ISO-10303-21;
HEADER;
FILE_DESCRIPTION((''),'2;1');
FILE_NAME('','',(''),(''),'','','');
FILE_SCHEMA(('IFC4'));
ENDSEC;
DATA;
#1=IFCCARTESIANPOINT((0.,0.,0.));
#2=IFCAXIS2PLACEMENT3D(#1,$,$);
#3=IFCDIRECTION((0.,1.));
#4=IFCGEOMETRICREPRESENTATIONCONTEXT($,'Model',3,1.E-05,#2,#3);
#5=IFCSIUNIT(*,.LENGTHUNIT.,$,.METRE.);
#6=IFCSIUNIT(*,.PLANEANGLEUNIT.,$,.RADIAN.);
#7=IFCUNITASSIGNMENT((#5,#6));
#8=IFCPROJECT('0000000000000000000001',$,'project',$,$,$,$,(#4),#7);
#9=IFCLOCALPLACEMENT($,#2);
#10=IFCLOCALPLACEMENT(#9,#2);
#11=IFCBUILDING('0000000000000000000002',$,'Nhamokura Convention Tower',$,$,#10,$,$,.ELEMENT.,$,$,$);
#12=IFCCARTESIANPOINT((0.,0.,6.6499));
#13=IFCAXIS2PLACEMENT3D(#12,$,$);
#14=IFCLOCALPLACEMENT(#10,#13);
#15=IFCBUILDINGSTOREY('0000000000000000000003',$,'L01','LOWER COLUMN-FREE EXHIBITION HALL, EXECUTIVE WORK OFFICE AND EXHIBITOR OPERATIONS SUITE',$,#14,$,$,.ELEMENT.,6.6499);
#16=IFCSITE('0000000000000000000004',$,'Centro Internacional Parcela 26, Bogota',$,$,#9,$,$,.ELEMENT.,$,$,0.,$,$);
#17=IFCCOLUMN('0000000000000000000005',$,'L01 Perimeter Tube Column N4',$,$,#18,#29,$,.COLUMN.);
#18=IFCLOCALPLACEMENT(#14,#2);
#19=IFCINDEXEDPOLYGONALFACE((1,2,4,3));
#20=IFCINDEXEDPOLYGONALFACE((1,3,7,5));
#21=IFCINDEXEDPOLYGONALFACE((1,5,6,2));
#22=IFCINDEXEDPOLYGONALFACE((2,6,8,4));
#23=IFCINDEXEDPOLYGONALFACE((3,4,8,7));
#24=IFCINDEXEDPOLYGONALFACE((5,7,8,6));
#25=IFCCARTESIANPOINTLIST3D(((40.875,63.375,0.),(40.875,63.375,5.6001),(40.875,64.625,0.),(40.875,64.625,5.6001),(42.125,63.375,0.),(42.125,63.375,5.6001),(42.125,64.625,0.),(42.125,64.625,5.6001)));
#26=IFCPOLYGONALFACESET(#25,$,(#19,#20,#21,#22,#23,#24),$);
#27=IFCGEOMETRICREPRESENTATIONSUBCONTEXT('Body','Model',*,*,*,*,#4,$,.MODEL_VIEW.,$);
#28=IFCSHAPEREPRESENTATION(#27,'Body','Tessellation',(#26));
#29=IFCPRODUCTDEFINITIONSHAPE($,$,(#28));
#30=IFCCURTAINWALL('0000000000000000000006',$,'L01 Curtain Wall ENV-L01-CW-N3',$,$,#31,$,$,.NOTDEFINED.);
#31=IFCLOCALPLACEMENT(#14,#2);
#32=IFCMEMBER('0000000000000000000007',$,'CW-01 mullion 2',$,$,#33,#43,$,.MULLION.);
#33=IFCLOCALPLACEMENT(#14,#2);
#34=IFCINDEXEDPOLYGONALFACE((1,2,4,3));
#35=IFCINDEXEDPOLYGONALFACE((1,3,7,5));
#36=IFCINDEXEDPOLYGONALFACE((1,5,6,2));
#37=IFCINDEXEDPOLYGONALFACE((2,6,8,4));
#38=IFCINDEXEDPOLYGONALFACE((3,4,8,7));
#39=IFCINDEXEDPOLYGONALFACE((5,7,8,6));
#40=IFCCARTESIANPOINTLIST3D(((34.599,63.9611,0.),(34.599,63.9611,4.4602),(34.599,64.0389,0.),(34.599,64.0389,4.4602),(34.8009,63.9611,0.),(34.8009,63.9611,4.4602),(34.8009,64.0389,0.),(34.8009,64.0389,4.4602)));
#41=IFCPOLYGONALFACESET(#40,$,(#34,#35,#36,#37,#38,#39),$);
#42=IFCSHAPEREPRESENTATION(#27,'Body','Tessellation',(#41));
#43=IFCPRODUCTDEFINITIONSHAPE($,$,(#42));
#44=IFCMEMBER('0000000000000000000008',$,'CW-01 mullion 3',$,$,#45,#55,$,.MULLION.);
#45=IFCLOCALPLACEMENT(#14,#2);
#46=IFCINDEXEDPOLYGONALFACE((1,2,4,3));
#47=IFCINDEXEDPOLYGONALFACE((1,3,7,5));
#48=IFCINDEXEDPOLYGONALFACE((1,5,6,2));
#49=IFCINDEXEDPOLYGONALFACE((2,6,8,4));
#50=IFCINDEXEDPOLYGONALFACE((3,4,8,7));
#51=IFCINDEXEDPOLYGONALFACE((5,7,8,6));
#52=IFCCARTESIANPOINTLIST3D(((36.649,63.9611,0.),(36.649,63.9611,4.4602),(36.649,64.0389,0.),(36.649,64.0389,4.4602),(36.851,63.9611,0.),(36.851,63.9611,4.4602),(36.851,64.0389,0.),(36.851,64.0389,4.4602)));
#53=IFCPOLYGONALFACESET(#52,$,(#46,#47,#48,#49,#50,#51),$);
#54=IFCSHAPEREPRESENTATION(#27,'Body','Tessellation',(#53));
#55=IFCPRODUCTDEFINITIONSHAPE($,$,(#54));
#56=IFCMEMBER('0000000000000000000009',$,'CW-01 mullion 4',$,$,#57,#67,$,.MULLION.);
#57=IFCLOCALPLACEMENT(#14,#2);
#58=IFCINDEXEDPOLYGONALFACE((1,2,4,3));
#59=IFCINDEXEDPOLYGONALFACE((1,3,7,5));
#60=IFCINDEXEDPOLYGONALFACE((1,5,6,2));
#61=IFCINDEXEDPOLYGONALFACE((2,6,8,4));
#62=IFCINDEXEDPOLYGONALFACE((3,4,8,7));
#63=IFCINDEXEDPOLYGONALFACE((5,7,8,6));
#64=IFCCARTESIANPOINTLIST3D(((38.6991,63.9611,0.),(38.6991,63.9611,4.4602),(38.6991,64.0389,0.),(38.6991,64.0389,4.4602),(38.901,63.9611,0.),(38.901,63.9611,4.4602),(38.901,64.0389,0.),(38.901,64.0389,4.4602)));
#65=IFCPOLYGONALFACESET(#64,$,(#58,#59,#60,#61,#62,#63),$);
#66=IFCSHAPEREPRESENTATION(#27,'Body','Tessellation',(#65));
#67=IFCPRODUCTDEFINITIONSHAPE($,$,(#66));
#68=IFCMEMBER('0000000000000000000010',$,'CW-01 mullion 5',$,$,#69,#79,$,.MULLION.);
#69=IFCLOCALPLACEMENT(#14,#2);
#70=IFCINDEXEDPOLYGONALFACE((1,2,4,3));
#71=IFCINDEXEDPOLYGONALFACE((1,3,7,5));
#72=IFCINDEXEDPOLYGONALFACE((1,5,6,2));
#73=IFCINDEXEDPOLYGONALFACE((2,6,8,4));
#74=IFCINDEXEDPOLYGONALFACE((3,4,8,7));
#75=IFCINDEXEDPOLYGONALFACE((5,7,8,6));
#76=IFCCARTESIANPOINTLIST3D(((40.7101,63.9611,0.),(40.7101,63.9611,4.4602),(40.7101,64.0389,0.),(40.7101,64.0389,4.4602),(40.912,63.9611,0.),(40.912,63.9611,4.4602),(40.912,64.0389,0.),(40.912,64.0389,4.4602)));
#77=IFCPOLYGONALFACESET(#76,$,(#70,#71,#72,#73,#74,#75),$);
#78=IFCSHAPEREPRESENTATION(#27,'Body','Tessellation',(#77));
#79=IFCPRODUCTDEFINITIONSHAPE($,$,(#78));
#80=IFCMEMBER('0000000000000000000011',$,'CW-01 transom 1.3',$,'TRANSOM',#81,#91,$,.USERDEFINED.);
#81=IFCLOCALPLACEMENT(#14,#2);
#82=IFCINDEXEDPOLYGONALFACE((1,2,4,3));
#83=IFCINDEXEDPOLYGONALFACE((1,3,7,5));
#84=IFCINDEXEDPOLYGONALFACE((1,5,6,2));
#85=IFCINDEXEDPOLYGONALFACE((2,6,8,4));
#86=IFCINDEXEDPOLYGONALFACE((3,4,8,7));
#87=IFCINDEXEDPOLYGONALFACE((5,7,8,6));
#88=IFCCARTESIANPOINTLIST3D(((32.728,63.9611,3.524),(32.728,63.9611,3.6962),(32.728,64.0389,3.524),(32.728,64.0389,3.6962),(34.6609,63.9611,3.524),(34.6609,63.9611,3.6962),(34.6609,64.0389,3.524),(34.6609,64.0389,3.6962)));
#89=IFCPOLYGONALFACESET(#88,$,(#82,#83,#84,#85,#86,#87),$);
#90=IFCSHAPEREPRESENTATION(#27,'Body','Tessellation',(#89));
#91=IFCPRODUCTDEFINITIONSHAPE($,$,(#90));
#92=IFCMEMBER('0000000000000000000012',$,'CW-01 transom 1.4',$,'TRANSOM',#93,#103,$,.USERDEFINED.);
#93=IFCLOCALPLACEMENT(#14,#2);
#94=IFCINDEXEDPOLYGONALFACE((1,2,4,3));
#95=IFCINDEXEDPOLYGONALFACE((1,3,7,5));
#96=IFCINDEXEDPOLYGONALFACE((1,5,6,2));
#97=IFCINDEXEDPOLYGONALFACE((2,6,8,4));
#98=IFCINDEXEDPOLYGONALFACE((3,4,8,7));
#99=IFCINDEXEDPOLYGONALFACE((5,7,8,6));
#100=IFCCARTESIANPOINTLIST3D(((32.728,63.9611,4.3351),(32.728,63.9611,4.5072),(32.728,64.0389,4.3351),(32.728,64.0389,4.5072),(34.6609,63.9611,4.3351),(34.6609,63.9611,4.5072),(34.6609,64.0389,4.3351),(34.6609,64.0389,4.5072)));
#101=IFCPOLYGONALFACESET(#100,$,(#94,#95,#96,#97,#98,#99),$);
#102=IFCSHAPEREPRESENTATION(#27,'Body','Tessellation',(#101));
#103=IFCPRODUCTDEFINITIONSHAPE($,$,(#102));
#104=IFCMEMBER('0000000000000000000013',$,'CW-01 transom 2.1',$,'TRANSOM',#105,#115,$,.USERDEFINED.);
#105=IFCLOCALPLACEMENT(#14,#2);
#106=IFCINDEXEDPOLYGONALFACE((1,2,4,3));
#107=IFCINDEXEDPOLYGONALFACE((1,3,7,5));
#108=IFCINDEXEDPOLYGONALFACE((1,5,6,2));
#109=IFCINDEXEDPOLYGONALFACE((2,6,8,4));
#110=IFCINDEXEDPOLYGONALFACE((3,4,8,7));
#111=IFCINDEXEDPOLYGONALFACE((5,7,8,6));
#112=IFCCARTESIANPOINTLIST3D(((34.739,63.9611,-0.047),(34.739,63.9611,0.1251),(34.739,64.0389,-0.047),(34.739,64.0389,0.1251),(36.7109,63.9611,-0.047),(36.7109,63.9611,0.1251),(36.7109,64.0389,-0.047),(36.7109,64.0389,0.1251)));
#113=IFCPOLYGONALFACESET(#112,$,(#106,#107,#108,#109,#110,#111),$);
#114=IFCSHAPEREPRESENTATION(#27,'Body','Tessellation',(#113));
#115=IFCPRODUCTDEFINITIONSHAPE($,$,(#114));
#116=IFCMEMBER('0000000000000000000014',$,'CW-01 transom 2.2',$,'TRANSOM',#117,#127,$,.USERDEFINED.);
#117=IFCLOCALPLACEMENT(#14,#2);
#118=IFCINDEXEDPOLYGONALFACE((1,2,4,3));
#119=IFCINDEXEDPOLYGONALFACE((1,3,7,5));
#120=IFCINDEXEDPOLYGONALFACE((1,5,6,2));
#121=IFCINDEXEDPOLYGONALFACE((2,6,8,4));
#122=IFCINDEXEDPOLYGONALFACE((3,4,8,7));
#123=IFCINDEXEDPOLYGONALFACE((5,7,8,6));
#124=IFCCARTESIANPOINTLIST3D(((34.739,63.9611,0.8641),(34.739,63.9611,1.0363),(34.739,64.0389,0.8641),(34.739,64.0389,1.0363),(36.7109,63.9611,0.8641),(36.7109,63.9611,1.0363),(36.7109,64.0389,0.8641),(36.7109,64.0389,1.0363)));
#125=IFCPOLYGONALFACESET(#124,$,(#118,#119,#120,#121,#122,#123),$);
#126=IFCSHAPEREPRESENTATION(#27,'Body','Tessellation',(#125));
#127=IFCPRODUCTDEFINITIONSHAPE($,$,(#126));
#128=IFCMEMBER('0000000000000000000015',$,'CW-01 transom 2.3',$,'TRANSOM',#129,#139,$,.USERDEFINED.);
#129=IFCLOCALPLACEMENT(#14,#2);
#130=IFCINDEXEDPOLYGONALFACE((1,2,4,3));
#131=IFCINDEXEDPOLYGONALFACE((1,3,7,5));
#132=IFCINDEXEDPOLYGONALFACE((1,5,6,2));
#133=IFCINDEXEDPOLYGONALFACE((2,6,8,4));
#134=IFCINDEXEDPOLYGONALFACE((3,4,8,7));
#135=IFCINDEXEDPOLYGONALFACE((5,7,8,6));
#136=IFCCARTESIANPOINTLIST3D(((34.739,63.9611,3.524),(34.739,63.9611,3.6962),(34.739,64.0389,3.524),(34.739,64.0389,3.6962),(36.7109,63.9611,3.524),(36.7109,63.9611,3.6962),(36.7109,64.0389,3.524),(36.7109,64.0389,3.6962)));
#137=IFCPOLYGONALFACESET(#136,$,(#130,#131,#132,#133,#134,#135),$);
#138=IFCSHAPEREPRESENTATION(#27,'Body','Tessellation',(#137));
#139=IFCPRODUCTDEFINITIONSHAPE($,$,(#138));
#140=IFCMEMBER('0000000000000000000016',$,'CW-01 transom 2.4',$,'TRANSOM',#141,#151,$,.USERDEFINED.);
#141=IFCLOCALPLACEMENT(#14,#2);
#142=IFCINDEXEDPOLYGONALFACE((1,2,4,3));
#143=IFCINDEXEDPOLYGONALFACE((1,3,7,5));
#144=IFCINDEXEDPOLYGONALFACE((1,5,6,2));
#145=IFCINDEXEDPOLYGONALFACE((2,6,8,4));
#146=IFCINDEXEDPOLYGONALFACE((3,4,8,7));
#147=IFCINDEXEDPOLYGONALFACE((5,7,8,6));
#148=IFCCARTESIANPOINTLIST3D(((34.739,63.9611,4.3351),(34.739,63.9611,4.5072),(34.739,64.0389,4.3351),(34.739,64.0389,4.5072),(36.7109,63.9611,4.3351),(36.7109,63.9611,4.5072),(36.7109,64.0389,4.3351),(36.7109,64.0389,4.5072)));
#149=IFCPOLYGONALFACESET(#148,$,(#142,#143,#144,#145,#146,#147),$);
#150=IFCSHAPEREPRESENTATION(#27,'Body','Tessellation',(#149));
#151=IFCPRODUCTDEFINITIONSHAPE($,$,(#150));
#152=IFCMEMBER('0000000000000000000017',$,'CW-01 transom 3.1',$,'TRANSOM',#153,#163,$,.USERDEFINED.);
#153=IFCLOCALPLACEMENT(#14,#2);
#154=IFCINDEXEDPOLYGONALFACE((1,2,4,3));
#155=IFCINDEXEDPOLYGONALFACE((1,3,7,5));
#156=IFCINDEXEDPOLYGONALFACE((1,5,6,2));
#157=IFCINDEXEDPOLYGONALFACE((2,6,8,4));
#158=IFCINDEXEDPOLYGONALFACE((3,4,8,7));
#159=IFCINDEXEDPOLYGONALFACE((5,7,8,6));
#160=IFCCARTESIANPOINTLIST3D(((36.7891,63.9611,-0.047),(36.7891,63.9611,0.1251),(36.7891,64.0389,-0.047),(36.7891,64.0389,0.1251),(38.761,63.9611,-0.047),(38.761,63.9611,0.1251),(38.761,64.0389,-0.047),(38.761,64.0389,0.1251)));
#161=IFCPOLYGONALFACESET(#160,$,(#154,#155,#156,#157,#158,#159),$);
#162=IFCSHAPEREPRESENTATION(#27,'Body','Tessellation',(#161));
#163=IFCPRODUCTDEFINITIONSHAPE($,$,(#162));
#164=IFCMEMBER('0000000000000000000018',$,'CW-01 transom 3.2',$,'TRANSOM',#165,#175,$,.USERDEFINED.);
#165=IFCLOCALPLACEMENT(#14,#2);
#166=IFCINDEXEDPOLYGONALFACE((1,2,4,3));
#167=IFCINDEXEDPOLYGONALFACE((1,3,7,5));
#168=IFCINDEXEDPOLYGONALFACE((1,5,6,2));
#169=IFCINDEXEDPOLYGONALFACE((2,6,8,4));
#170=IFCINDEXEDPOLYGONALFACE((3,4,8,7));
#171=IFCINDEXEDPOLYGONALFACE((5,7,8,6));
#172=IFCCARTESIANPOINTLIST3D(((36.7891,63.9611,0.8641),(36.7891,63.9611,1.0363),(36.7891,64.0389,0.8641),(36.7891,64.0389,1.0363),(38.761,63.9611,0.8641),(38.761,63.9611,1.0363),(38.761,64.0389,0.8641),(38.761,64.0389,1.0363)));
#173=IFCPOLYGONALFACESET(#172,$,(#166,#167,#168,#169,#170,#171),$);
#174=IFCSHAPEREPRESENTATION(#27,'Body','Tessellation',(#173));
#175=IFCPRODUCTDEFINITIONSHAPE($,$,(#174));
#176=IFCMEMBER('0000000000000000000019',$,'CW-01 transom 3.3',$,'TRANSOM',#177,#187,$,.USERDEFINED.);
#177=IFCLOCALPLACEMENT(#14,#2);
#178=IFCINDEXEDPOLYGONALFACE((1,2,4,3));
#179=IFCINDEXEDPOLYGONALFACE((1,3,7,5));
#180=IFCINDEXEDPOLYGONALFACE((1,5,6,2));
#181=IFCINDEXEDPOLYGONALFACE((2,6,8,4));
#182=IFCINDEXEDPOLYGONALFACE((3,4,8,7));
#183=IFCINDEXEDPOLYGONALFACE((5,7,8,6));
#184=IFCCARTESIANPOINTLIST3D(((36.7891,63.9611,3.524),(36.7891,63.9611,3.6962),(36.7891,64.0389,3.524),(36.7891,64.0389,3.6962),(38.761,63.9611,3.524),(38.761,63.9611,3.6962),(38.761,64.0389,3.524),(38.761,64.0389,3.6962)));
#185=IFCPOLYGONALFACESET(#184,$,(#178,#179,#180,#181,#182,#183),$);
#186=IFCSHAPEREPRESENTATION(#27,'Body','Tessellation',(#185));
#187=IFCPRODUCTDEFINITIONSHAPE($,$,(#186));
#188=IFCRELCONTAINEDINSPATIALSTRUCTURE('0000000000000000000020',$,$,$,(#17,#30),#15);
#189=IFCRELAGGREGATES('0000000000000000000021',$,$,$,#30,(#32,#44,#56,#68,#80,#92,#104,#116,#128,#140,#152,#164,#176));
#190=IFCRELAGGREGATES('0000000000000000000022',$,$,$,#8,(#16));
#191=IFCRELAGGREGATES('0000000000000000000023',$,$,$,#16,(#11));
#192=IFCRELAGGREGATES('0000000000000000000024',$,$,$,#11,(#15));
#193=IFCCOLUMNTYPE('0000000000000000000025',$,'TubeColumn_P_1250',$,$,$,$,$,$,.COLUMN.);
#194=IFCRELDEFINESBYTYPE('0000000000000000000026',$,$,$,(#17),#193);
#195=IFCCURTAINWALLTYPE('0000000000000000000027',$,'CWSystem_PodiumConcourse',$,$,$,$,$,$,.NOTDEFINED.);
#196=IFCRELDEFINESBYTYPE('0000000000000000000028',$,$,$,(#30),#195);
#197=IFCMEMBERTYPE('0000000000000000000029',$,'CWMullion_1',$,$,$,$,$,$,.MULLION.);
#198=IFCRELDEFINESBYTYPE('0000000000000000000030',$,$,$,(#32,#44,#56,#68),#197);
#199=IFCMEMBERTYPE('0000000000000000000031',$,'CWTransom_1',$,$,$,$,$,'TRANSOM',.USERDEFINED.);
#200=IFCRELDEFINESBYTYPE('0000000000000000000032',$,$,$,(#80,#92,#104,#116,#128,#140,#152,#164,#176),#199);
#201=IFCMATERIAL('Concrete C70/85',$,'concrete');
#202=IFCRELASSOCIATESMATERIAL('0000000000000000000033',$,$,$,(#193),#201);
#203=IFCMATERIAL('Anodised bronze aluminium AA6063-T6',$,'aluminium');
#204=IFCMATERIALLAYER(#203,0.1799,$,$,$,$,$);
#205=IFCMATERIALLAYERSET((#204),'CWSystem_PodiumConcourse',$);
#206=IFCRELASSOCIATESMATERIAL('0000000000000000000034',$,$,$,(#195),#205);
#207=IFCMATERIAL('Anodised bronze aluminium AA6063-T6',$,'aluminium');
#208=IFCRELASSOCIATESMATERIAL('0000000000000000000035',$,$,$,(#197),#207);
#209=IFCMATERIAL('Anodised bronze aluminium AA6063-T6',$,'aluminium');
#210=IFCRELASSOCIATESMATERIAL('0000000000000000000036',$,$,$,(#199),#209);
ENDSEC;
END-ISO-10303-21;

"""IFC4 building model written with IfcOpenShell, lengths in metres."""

from ifc_helpers import new_model, si_unit, direction, frame, origin, origin_2d, place, context, subcontext, project, spatial, rectangle, extrude, material, layer, layer_set, material_profile, profile_set, type_object, element, aggregate, save


model = new_model("IFC4")

# Units and contexts
model_context = context("Model", 3, precision=1e-05, world=origin(), true_north=direction((0.0, 1.0)))
body_context = subcontext(model_context, "Body", "Model", "MODEL_VIEW")
ifc_project = project(units=[si_unit("LENGTHUNIT", "METRE"), si_unit("PLANEANGLEUNIT", "RADIAN")], contexts=[model_context])

# Site, building, storey
site_placement = place(None, origin())
site = spatial("IfcSite", under=ifc_project, at=site_placement, Name="Centro Internacional Parcela 26, Bogota", CompositionType="ELEMENT", RefElevation=0.0)
building_placement = place(site_placement, origin())
building = spatial("IfcBuilding", under=site, at=building_placement, Name="Nhamokura Convention Tower", CompositionType="ELEMENT")
storey_placement = place(building_placement, frame((0.0, 0.0, 6.6499)))
storey = spatial("IfcBuildingStorey", under=building, at=storey_placement, Name="L01", Description="LOWER COLUMN-FREE EXHIBITION HALL, EXECUTIVE WORK OFFICE AND EXHIBITOR OPERATIONS SUITE", CompositionType="ELEMENT", Elevation=6.6499)

# Column
ifc_material_1 = material(Name="Concrete C70/85", Category="concrete")
ifc_material_profile_1 = material_profile(ifc_material_1, rectangle(XDim=1.25, YDim=1.25, at=origin_2d()))
ifc_profile_set_1 = profile_set([ifc_material_profile_1], Name="Concrete C70/85")
column_type = type_object("IfcColumnType", Name="TubeColumn_P_1250", PredefinedType="COLUMN", material=ifc_profile_set_1)
column_placement = place(storey_placement, frame((41.5, 64.0, 0.0), z_axis=(0.0, 0.0, 1.0), x_axis=(1.0, 0.0, 0.0)))
element("IfcColumn", 1, at=column_placement, inside=storey, type_object=column_type, Name="L01 Perimeter Tube Column N4", PredefinedType="COLUMN", context=body_context, shape_type="SweptSolid", body=[
    extrude(rectangle(XDim=1.25, YDim=1.25, at=origin_2d()), origin(), (0.0, 0.0, 1.0), 5.6001),
])

# Curtain wall, members
ifc_material_2 = material(Name="Anodised bronze aluminium AA6063-T6", Category="aluminium")
ifc_layer_1 = layer(ifc_material_2, 0.1799)
ifc_layer_set_1 = layer_set([ifc_layer_1], Name="CWSystem_PodiumConcourse")
curtain_wall_type = type_object("IfcCurtainWallType", Name="CWSystem_PodiumConcourse", PredefinedType="NOTDEFINED", material=ifc_layer_set_1)
curtain_wall_placement = place(storey_placement, origin())
curtain_wall = element("IfcCurtainWall", 2, at=curtain_wall_placement, inside=storey, type_object=curtain_wall_type, Name="L01 Curtain Wall ENV-L01-CW-N3", PredefinedType="NOTDEFINED")
ifc_material_3 = material(Name="Anodised bronze aluminium AA6063-T6", Category="aluminium")
ifc_material_profile_2 = material_profile(ifc_material_3, rectangle(XDim=0.0779, YDim=0.2019, at=origin_2d()))
ifc_profile_set_2 = profile_set([ifc_material_profile_2], Name="Anodised bronze aluminium AA6063-T6")
member_type_1 = type_object("IfcMemberType", Name="CWMullion_1", PredefinedType="MULLION", material=ifc_profile_set_2)
member_1_placement = place(storey_placement, frame((34.7, 64.0, 0.0), z_axis=(0.0, 0.0, 1.0), x_axis=(0.0, 1.0, 0.0)))
member_1 = element("IfcMember", 3, at=member_1_placement, type_object=member_type_1, Name="CW-01 mullion 2", PredefinedType="MULLION", context=body_context, shape_type="SweptSolid", body=[
    extrude(rectangle(XDim=0.0779, YDim=0.2019, at=origin_2d()), origin(), (0.0, 0.0, 1.0), 4.4602),
])
member_2_placement = place(storey_placement, frame((36.75, 64.0, 0.0), z_axis=(0.0, 0.0, 1.0), x_axis=(0.0, 1.0, 0.0)))
member_2 = element("IfcMember", 4, at=member_2_placement, type_object=member_type_1, Name="CW-01 mullion 3", PredefinedType="MULLION", context=body_context, shape_type="SweptSolid", body=[
    extrude(rectangle(XDim=0.0779, YDim=0.2019, at=origin_2d()), origin(), (0.0, 0.0, 1.0), 4.4602),
])
member_3_placement = place(storey_placement, frame((38.8, 64.0, 0.0), z_axis=(0.0, 0.0, 1.0), x_axis=(0.0, 1.0, 0.0)))
member_3 = element("IfcMember", 5, at=member_3_placement, type_object=member_type_1, Name="CW-01 mullion 4", PredefinedType="MULLION", context=body_context, shape_type="SweptSolid", body=[
    extrude(rectangle(XDim=0.0779, YDim=0.2019, at=origin_2d()), origin(), (0.0, 0.0, 1.0), 4.4602),
])
member_4_placement = place(storey_placement, frame((40.811, 64.0, 0.0), z_axis=(0.0, 0.0, 1.0), x_axis=(0.0, 1.0, 0.0)))
member_4 = element("IfcMember", 6, at=member_4_placement, type_object=member_type_1, Name="CW-01 mullion 5", PredefinedType="MULLION", context=body_context, shape_type="SweptSolid", body=[
    extrude(rectangle(XDim=0.0779, YDim=0.2019, at=origin_2d()), origin(), (0.0, 0.0, 1.0), 4.4602),
])
ifc_material_4 = material(Name="Anodised bronze aluminium AA6063-T6", Category="aluminium")
ifc_material_profile_3 = material_profile(ifc_material_4, rectangle(XDim=0.0779, YDim=0.1721, at=origin_2d()))
ifc_profile_set_3 = profile_set([ifc_material_profile_3], Name="Anodised bronze aluminium AA6063-T6")
member_type_2 = type_object("IfcMemberType", Name="CWTransom_1", ElementType="TRANSOM", PredefinedType="USERDEFINED", material=ifc_profile_set_3)
member_5_placement = place(storey_placement, frame((32.728, 64.0, 3.6101), z_axis=(1.0, 0.0, 0.0), x_axis=(0.0, 1.0, 0.0)))
member_5 = element("IfcMember", 7, at=member_5_placement, type_object=member_type_2, Name="CW-01 transom 1.3", ObjectType="TRANSOM", PredefinedType="USERDEFINED", context=body_context, shape_type="SweptSolid", body=[
    extrude(rectangle(XDim=0.0779, YDim=0.1721, at=origin_2d()), origin(), (0.0, 0.0, 1.0), 1.9329),
])
member_6_placement = place(storey_placement, frame((32.728, 64.0, 4.4211), z_axis=(1.0, 0.0, 0.0), x_axis=(0.0, 1.0, 0.0)))
member_6 = element("IfcMember", 8, at=member_6_placement, type_object=member_type_2, Name="CW-01 transom 1.4", ObjectType="TRANSOM", PredefinedType="USERDEFINED", context=body_context, shape_type="SweptSolid", body=[
    extrude(rectangle(XDim=0.0779, YDim=0.1721, at=origin_2d()), origin(), (0.0, 0.0, 1.0), 1.9329),
])
member_7_placement = place(storey_placement, frame((34.739, 64.0, 0.0391), z_axis=(1.0, 0.0, 0.0), x_axis=(0.0, 1.0, 0.0)))
member_7 = element("IfcMember", 9, at=member_7_placement, type_object=member_type_2, Name="CW-01 transom 2.1", ObjectType="TRANSOM", PredefinedType="USERDEFINED", context=body_context, shape_type="SweptSolid", body=[
    extrude(rectangle(XDim=0.0779, YDim=0.1721, at=origin_2d()), origin(), (0.0, 0.0, 1.0), 1.9719),
])
member_8_placement = place(storey_placement, frame((34.739, 64.0, 0.9502), z_axis=(1.0, 0.0, 0.0), x_axis=(0.0, 1.0, 0.0)))
member_8 = element("IfcMember", 10, at=member_8_placement, type_object=member_type_2, Name="CW-01 transom 2.2", ObjectType="TRANSOM", PredefinedType="USERDEFINED", context=body_context, shape_type="SweptSolid", body=[
    extrude(rectangle(XDim=0.0779, YDim=0.1721, at=origin_2d()), origin(), (0.0, 0.0, 1.0), 1.9719),
])
member_9_placement = place(storey_placement, frame((34.739, 64.0, 3.6101), z_axis=(1.0, 0.0, 0.0), x_axis=(0.0, 1.0, 0.0)))
member_9 = element("IfcMember", 11, at=member_9_placement, type_object=member_type_2, Name="CW-01 transom 2.3", ObjectType="TRANSOM", PredefinedType="USERDEFINED", context=body_context, shape_type="SweptSolid", body=[
    extrude(rectangle(XDim=0.0779, YDim=0.1721, at=origin_2d()), origin(), (0.0, 0.0, 1.0), 1.9719),
])
member_10_placement = place(storey_placement, frame((34.739, 64.0, 4.4211), z_axis=(1.0, 0.0, 0.0), x_axis=(0.0, 1.0, 0.0)))
member_10 = element("IfcMember", 12, at=member_10_placement, type_object=member_type_2, Name="CW-01 transom 2.4", ObjectType="TRANSOM", PredefinedType="USERDEFINED", context=body_context, shape_type="SweptSolid", body=[
    extrude(rectangle(XDim=0.0779, YDim=0.1721, at=origin_2d()), origin(), (0.0, 0.0, 1.0), 1.9719),
])
member_11_placement = place(storey_placement, frame((36.7891, 64.0, 0.0391), z_axis=(1.0, 0.0, 0.0), x_axis=(0.0, 1.0, 0.0)))
member_11 = element("IfcMember", 13, at=member_11_placement, type_object=member_type_2, Name="CW-01 transom 3.1", ObjectType="TRANSOM", PredefinedType="USERDEFINED", context=body_context, shape_type="SweptSolid", body=[
    extrude(rectangle(XDim=0.0779, YDim=0.1721, at=origin_2d()), origin(), (0.0, 0.0, 1.0), 1.9719),
])
member_12_placement = place(storey_placement, frame((36.7891, 64.0, 0.9502), z_axis=(1.0, 0.0, 0.0), x_axis=(0.0, 1.0, 0.0)))
member_12 = element("IfcMember", 14, at=member_12_placement, type_object=member_type_2, Name="CW-01 transom 3.2", ObjectType="TRANSOM", PredefinedType="USERDEFINED", context=body_context, shape_type="SweptSolid", body=[
    extrude(rectangle(XDim=0.0779, YDim=0.1721, at=origin_2d()), origin(), (0.0, 0.0, 1.0), 1.9719),
])
member_13_placement = place(storey_placement, frame((36.7891, 64.0, 3.6101), z_axis=(1.0, 0.0, 0.0), x_axis=(0.0, 1.0, 0.0)))
member_13 = element("IfcMember", 15, at=member_13_placement, type_object=member_type_2, Name="CW-01 transom 3.3", ObjectType="TRANSOM", PredefinedType="USERDEFINED", context=body_context, shape_type="SweptSolid", body=[
    extrude(rectangle(XDim=0.0779, YDim=0.1721, at=origin_2d()), origin(), (0.0, 0.0, 1.0), 1.9719),
])

aggregate(curtain_wall, [member_1, member_2, member_3, member_4, member_5, member_6, member_7, member_8, member_9, member_10, member_11, member_12, member_13])

save(model, "model.ifc")
